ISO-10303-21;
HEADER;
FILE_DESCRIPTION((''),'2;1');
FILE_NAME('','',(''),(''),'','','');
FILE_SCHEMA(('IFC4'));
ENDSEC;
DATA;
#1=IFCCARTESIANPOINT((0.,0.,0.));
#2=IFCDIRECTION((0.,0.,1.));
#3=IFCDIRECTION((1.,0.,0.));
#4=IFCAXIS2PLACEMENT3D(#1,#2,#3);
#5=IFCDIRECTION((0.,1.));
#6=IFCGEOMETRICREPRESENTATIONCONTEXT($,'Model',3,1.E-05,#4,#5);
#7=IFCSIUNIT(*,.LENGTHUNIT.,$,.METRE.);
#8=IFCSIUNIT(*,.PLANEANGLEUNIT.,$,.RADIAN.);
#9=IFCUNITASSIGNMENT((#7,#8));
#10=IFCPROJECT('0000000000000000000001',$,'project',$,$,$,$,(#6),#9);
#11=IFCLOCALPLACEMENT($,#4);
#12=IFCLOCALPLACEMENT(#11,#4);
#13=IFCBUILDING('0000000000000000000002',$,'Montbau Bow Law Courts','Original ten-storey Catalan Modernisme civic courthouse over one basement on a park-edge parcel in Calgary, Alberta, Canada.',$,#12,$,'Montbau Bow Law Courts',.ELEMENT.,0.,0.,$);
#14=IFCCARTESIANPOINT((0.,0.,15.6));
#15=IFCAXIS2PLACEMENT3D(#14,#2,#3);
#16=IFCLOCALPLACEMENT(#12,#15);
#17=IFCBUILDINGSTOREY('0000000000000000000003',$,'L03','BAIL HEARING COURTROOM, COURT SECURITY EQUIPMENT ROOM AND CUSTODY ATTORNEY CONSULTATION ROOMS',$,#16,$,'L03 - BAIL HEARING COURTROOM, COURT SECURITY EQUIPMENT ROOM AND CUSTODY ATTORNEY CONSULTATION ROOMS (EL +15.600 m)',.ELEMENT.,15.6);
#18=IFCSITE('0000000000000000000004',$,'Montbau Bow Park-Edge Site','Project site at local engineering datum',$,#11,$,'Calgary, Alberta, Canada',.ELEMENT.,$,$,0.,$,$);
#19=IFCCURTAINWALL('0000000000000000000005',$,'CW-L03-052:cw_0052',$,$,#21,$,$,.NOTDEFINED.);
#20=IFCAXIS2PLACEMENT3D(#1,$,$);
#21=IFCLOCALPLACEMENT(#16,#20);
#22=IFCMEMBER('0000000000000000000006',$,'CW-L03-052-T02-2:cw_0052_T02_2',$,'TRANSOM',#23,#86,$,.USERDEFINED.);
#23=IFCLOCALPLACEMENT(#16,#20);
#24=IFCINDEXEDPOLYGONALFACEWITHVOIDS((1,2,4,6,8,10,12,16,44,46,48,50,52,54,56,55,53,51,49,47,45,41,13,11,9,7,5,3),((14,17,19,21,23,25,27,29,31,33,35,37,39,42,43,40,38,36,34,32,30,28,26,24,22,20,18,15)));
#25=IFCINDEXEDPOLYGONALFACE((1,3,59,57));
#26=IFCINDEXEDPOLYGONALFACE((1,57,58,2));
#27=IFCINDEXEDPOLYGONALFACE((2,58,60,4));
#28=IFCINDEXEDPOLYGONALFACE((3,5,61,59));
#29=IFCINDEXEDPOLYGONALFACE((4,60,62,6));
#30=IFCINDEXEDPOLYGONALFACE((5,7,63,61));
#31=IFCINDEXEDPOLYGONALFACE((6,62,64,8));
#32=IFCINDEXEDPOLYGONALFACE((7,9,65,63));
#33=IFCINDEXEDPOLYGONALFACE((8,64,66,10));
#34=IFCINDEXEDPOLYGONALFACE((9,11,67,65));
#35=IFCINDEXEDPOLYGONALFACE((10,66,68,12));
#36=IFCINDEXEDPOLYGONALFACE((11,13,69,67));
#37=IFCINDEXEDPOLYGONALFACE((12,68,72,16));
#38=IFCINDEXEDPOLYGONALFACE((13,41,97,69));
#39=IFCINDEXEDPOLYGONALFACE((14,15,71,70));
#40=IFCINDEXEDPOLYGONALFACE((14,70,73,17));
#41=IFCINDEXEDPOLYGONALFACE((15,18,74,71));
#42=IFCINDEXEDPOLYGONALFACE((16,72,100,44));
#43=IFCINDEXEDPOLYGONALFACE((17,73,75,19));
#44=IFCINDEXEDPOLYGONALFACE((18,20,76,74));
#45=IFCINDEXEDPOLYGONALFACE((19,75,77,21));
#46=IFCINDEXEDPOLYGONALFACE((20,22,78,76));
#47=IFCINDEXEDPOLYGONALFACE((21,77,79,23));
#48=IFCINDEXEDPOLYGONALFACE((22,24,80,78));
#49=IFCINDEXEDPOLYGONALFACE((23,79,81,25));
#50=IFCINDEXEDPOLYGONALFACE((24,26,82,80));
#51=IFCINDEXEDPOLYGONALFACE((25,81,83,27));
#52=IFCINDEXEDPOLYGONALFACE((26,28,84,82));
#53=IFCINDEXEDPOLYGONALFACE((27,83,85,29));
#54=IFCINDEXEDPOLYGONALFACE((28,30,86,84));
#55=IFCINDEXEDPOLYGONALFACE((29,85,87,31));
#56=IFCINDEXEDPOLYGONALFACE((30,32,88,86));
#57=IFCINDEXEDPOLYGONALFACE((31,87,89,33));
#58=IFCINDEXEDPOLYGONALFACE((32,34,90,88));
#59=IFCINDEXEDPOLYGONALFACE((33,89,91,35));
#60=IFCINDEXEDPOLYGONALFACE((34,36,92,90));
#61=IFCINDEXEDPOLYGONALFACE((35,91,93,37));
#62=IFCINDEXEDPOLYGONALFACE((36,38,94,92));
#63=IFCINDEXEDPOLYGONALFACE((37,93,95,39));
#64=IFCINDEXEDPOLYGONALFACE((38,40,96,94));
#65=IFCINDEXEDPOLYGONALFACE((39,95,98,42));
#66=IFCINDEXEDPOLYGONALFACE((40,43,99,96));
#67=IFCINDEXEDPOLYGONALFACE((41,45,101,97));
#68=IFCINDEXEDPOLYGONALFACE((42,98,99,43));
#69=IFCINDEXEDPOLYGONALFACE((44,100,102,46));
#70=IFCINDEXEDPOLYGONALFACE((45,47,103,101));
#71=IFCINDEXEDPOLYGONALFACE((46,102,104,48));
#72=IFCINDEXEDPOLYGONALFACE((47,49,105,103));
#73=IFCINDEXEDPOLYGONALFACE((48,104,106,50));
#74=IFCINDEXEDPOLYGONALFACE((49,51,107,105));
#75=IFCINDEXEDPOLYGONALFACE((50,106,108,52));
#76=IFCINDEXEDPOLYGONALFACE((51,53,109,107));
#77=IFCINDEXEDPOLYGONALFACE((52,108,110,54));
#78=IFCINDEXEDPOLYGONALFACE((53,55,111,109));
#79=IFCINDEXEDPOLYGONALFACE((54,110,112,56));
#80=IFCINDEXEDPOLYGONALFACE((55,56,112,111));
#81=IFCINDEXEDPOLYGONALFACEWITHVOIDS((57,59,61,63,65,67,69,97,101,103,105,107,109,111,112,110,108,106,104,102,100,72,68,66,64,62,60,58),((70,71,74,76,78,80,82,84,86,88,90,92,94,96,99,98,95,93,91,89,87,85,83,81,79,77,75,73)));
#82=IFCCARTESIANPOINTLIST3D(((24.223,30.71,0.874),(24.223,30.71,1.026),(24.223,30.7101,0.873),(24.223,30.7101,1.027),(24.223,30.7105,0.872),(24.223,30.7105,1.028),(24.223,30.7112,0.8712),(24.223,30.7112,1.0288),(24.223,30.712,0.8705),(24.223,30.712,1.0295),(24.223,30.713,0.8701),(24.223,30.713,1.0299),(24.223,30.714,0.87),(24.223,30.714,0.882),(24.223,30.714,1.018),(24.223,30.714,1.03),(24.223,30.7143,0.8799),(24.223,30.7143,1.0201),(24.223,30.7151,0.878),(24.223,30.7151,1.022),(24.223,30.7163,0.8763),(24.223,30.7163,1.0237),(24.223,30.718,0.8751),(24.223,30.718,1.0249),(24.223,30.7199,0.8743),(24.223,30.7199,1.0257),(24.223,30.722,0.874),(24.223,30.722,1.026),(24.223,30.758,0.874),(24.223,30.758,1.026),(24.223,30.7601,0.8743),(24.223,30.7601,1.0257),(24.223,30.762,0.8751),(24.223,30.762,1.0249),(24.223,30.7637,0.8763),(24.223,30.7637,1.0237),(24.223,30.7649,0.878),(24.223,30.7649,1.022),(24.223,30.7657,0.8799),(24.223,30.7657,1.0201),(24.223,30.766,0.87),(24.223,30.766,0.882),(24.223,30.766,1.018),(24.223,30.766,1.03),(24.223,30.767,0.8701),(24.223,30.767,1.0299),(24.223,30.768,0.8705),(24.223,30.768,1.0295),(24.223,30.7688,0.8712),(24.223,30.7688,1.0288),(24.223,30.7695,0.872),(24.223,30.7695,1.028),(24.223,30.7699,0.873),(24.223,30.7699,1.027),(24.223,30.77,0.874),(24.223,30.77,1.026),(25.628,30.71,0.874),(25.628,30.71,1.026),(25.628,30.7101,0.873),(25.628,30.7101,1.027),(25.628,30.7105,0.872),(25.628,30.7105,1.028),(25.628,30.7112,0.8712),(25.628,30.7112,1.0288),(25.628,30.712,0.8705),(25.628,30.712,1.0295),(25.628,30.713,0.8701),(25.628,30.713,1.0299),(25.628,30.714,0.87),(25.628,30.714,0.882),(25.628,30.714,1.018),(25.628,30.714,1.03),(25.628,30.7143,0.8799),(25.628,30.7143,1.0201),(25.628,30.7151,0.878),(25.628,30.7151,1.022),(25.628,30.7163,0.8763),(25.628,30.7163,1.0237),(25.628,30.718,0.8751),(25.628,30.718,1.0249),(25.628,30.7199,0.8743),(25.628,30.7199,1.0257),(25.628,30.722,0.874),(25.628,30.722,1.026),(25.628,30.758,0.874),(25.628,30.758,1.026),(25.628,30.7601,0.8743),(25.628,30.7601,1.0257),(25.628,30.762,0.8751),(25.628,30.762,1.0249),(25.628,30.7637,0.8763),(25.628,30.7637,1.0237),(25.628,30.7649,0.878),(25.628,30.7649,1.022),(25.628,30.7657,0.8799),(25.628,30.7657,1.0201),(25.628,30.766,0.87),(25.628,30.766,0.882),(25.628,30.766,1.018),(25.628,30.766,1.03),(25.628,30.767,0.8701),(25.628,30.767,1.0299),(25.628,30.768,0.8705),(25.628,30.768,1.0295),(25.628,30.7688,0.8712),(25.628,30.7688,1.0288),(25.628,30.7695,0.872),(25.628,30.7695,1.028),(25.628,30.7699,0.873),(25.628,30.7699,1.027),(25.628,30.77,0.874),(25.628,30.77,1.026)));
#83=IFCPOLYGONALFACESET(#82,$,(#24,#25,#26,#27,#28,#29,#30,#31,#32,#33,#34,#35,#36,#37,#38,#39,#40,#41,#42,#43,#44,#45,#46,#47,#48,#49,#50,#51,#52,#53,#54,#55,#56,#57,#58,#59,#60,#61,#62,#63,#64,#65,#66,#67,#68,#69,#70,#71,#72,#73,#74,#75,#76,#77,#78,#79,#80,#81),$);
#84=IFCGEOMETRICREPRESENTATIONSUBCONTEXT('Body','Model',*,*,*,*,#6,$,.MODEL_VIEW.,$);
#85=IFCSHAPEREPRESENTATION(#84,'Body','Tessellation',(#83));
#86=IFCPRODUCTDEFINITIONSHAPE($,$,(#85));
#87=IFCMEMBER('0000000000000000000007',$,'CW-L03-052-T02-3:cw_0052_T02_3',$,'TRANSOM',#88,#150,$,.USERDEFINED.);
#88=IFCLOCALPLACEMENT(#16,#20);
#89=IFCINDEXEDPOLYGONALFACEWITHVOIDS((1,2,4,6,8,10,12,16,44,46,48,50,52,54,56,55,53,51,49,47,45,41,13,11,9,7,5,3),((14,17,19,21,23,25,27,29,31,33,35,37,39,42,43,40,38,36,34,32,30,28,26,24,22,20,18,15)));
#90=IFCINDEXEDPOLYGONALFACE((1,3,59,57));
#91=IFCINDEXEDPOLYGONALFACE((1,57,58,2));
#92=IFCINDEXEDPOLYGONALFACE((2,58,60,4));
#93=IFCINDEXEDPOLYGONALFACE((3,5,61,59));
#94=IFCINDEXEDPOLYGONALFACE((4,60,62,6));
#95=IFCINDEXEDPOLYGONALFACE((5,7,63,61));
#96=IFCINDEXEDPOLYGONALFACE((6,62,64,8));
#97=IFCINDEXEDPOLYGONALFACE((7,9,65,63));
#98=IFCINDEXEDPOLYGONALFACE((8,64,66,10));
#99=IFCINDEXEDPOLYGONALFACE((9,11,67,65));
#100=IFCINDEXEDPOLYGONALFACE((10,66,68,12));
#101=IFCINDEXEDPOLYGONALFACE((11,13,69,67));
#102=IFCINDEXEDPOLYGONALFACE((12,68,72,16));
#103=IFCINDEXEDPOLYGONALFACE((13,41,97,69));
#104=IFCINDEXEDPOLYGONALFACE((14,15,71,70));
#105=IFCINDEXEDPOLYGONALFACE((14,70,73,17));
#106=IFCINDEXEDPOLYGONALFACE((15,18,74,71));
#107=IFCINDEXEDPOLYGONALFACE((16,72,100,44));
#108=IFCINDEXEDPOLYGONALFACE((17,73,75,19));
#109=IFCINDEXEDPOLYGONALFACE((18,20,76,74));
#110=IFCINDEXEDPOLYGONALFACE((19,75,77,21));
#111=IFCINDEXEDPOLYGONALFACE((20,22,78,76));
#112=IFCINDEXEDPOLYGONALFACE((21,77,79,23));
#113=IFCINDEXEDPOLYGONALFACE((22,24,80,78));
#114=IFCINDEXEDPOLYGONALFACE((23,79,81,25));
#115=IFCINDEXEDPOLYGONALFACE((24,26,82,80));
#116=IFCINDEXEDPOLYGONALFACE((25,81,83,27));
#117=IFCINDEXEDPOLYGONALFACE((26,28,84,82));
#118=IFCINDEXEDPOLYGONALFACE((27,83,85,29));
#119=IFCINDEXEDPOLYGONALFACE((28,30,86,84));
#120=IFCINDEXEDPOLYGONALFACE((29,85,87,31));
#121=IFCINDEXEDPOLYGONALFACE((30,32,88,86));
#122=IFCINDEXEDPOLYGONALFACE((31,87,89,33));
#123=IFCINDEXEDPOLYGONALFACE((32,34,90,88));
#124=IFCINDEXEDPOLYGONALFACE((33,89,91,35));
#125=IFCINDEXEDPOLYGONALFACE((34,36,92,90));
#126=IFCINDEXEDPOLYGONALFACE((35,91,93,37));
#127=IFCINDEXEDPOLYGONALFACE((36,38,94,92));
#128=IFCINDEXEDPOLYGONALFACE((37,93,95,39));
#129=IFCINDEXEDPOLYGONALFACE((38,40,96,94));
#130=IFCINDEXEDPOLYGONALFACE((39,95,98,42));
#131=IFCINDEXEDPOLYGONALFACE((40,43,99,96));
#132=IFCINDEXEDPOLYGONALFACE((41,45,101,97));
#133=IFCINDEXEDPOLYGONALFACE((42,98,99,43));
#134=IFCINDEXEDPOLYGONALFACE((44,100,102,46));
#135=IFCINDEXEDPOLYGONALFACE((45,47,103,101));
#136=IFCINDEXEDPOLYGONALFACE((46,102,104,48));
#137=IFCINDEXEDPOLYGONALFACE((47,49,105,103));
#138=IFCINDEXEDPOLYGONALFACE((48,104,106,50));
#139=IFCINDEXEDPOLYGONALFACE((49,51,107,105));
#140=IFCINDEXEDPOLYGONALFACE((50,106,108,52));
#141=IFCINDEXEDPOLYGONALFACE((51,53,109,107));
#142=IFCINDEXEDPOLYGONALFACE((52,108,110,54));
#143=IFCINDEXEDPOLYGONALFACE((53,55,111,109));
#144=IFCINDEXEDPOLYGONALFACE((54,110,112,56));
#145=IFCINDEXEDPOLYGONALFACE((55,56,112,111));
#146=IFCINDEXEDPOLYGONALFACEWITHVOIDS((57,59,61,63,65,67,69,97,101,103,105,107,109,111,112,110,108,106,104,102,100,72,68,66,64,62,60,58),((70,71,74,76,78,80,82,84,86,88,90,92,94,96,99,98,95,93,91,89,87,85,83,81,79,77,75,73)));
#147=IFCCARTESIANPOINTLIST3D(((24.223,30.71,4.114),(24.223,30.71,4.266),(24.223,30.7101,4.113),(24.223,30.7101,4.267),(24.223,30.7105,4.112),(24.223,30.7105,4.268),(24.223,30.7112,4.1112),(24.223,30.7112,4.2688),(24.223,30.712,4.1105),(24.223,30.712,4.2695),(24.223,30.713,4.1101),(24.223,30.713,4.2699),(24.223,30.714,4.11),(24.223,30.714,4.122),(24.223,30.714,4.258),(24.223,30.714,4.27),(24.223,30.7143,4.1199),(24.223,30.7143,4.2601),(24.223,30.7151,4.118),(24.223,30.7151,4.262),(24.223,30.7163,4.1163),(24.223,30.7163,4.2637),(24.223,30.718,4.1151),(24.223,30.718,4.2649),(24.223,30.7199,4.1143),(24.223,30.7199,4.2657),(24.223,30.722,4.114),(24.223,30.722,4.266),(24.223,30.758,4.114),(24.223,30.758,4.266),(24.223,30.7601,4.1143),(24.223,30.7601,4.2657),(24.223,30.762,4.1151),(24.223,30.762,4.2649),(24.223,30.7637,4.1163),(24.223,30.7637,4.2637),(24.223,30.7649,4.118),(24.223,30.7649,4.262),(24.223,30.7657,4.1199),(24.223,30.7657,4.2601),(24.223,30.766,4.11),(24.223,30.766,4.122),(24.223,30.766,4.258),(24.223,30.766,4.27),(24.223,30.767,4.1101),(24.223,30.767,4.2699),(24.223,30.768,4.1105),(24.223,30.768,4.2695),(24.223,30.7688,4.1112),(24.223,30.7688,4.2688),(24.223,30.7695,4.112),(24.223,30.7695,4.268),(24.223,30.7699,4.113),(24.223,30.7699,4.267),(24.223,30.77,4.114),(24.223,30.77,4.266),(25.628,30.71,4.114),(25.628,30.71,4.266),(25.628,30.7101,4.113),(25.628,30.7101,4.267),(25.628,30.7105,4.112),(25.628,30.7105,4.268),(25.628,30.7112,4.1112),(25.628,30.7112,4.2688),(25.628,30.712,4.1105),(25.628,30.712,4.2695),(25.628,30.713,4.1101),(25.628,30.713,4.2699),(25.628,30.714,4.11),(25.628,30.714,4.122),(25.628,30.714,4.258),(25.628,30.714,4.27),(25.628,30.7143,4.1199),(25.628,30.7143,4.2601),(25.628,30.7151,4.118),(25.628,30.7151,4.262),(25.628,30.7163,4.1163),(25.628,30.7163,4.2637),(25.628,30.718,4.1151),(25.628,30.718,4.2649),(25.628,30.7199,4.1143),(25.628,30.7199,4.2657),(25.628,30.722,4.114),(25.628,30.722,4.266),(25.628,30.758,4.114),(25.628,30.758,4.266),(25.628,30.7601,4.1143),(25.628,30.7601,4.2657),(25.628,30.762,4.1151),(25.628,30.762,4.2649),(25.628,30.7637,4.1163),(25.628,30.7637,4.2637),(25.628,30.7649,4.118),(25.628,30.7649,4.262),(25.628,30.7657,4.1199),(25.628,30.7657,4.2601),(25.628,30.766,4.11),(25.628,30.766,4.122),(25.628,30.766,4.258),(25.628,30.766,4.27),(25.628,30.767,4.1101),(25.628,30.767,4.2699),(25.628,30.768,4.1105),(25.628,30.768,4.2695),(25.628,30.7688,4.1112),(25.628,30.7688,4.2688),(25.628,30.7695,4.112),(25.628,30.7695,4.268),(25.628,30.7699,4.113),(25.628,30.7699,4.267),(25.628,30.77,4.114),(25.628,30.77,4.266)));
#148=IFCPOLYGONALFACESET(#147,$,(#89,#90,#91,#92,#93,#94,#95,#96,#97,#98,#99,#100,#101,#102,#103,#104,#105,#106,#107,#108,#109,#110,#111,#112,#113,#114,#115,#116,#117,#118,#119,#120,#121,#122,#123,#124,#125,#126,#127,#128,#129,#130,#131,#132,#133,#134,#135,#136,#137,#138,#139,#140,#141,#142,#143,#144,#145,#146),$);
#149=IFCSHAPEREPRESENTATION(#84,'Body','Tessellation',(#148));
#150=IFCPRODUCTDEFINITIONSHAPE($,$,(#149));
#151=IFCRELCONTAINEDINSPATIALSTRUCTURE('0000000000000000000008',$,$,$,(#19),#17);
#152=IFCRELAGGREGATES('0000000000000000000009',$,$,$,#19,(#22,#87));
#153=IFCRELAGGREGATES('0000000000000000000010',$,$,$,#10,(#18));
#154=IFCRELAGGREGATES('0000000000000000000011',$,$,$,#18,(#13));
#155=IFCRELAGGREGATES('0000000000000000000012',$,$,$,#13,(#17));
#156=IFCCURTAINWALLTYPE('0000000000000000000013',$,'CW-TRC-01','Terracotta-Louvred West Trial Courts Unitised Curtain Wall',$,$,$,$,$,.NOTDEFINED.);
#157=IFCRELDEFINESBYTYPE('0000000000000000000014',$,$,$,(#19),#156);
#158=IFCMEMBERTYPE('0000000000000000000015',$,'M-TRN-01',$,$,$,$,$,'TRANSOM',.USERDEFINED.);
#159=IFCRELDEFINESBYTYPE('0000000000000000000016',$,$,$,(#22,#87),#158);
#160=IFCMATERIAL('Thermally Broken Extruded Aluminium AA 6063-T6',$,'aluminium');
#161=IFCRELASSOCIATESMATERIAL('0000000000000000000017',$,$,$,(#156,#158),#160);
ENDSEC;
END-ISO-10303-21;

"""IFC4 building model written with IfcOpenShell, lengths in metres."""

from ifc_helpers import new_model, si_unit, direction, frame, origin_with_axes, origin_2d_with_axis, place, context, subcontext, project, spatial, hollow_rectangle, extrude, material, material_profile, profile_set, type_object, element, aggregate, save


model = new_model("IFC4")

# Units and contexts
model_context = context("Model", 3, precision=1e-05, world=origin_with_axes(), true_north=direction((0.0, 1.0)))
body_context = subcontext(model_context, "Body", "Model", "MODEL_VIEW")
ifc_project = project(units=[si_unit("LENGTHUNIT", "METRE"), si_unit("PLANEANGLEUNIT", "RADIAN")], contexts=[model_context])

# Site, building, storey
site_placement = place(None, origin_with_axes())
site = spatial("IfcSite", under=ifc_project, at=site_placement, Name="Montbau Bow Park-Edge Site", Description="Project site at local engineering datum", LongName="Calgary, Alberta, Canada", CompositionType="ELEMENT", RefElevation=0.0)
building_placement = place(site_placement, origin_with_axes())
building = spatial("IfcBuilding", under=site, at=building_placement, Name="Montbau Bow Law Courts", Description="Original ten-storey Catalan Modernisme civic courthouse over one basement on a park-edge parcel in Calgary, Alberta, Canada.", LongName="Montbau Bow Law Courts", CompositionType="ELEMENT", ElevationOfRefHeight=0.0, ElevationOfTerrain=0.0)
storey_placement = place(building_placement, frame((0.0, 0.0, 15.6), z_axis=(0.0, 0.0, 1.0), x_axis=(1.0, 0.0, 0.0)))
storey = spatial("IfcBuildingStorey", under=building, at=storey_placement, Name="L03", Description="BAIL HEARING COURTROOM, COURT SECURITY EQUIPMENT ROOM AND CUSTODY ATTORNEY CONSULTATION ROOMS", LongName="L03 - BAIL HEARING COURTROOM, COURT SECURITY EQUIPMENT ROOM AND CUSTODY ATTORNEY CONSULTATION ROOMS (EL +15.600 m)", CompositionType="ELEMENT", Elevation=15.6)

# Curtain wall, members
ifc_material_1 = material(Name="Thermally Broken Extruded Aluminium AA 6063-T6", Category="aluminium")
curtain_wall_type = type_object("IfcCurtainWallType", Name="CW-TRC-01", Description="Terracotta-Louvred West Trial Courts Unitised Curtain Wall", PredefinedType="NOTDEFINED", material=ifc_material_1)
curtain_wall_placement = place(None, frame((22.715, 30.74, 15.6), z_axis=(0.0, 0.0, 1.0), x_axis=(1.0, 0.0, 0.0)))
curtain_wall = element("IfcCurtainWall", 1, at=curtain_wall_placement, inside=storey, type_object=curtain_wall_type, Name="CW-L03-052:cw_0052", PredefinedType="NOTDEFINED")
ifc_material_profile_1 = material_profile(ifc_material_1, hollow_rectangle(XDim=0.06, YDim=0.16, WallThickness=0.004, InnerFilletRadius=0.008, OuterFilletRadius=0.004, at=origin_2d_with_axis()), Name="CWT-160X60", Category="Main", Priority=0)
ifc_profile_set_1 = profile_set([ifc_material_profile_1], Name="Thermally Broken Extruded Aluminium AA 6063-T6")
member_type_1 = type_object("IfcMemberType", Name="M-TRN-01", ElementType="TRANSOM", PredefinedType="USERDEFINED", material=ifc_profile_set_1)
member_1_placement = place(None, frame((24.223, 30.74, 16.55), z_axis=(1.0, 0.0, 0.0), x_axis=(0.0, 1.0, 0.0)))
member_1 = element("IfcMember", 2, at=member_1_placement, type_object=member_type_1, Name="CW-L03-052-T02-2:cw_0052_T02_2", ObjectType="TRANSOM", PredefinedType="USERDEFINED", context=body_context, shape_type="SweptSolid", body=[
    extrude(hollow_rectangle(XDim=0.06, YDim=0.16, WallThickness=0.004, InnerFilletRadius=0.008, OuterFilletRadius=0.004, at=origin_2d_with_axis()), origin_with_axes(), (0.0, 0.0, 1.0), 1.405),
])
member_2_placement = place(None, frame((24.223, 30.74, 19.79), z_axis=(1.0, 0.0, 0.0), x_axis=(0.0, 1.0, 0.0)))
member_2 = element("IfcMember", 3, at=member_2_placement, type_object=member_type_1, Name="CW-L03-052-T02-3:cw_0052_T02_3", ObjectType="TRANSOM", PredefinedType="USERDEFINED", context=body_context, shape_type="SweptSolid", body=[
    extrude(hollow_rectangle(XDim=0.06, YDim=0.16, WallThickness=0.004, InnerFilletRadius=0.008, OuterFilletRadius=0.004, at=origin_2d_with_axis()), origin_with_axes(), (0.0, 0.0, 1.0), 1.405),
])
aggregate(curtain_wall, [member_1, member_2])

save(model, "model.ifc")
